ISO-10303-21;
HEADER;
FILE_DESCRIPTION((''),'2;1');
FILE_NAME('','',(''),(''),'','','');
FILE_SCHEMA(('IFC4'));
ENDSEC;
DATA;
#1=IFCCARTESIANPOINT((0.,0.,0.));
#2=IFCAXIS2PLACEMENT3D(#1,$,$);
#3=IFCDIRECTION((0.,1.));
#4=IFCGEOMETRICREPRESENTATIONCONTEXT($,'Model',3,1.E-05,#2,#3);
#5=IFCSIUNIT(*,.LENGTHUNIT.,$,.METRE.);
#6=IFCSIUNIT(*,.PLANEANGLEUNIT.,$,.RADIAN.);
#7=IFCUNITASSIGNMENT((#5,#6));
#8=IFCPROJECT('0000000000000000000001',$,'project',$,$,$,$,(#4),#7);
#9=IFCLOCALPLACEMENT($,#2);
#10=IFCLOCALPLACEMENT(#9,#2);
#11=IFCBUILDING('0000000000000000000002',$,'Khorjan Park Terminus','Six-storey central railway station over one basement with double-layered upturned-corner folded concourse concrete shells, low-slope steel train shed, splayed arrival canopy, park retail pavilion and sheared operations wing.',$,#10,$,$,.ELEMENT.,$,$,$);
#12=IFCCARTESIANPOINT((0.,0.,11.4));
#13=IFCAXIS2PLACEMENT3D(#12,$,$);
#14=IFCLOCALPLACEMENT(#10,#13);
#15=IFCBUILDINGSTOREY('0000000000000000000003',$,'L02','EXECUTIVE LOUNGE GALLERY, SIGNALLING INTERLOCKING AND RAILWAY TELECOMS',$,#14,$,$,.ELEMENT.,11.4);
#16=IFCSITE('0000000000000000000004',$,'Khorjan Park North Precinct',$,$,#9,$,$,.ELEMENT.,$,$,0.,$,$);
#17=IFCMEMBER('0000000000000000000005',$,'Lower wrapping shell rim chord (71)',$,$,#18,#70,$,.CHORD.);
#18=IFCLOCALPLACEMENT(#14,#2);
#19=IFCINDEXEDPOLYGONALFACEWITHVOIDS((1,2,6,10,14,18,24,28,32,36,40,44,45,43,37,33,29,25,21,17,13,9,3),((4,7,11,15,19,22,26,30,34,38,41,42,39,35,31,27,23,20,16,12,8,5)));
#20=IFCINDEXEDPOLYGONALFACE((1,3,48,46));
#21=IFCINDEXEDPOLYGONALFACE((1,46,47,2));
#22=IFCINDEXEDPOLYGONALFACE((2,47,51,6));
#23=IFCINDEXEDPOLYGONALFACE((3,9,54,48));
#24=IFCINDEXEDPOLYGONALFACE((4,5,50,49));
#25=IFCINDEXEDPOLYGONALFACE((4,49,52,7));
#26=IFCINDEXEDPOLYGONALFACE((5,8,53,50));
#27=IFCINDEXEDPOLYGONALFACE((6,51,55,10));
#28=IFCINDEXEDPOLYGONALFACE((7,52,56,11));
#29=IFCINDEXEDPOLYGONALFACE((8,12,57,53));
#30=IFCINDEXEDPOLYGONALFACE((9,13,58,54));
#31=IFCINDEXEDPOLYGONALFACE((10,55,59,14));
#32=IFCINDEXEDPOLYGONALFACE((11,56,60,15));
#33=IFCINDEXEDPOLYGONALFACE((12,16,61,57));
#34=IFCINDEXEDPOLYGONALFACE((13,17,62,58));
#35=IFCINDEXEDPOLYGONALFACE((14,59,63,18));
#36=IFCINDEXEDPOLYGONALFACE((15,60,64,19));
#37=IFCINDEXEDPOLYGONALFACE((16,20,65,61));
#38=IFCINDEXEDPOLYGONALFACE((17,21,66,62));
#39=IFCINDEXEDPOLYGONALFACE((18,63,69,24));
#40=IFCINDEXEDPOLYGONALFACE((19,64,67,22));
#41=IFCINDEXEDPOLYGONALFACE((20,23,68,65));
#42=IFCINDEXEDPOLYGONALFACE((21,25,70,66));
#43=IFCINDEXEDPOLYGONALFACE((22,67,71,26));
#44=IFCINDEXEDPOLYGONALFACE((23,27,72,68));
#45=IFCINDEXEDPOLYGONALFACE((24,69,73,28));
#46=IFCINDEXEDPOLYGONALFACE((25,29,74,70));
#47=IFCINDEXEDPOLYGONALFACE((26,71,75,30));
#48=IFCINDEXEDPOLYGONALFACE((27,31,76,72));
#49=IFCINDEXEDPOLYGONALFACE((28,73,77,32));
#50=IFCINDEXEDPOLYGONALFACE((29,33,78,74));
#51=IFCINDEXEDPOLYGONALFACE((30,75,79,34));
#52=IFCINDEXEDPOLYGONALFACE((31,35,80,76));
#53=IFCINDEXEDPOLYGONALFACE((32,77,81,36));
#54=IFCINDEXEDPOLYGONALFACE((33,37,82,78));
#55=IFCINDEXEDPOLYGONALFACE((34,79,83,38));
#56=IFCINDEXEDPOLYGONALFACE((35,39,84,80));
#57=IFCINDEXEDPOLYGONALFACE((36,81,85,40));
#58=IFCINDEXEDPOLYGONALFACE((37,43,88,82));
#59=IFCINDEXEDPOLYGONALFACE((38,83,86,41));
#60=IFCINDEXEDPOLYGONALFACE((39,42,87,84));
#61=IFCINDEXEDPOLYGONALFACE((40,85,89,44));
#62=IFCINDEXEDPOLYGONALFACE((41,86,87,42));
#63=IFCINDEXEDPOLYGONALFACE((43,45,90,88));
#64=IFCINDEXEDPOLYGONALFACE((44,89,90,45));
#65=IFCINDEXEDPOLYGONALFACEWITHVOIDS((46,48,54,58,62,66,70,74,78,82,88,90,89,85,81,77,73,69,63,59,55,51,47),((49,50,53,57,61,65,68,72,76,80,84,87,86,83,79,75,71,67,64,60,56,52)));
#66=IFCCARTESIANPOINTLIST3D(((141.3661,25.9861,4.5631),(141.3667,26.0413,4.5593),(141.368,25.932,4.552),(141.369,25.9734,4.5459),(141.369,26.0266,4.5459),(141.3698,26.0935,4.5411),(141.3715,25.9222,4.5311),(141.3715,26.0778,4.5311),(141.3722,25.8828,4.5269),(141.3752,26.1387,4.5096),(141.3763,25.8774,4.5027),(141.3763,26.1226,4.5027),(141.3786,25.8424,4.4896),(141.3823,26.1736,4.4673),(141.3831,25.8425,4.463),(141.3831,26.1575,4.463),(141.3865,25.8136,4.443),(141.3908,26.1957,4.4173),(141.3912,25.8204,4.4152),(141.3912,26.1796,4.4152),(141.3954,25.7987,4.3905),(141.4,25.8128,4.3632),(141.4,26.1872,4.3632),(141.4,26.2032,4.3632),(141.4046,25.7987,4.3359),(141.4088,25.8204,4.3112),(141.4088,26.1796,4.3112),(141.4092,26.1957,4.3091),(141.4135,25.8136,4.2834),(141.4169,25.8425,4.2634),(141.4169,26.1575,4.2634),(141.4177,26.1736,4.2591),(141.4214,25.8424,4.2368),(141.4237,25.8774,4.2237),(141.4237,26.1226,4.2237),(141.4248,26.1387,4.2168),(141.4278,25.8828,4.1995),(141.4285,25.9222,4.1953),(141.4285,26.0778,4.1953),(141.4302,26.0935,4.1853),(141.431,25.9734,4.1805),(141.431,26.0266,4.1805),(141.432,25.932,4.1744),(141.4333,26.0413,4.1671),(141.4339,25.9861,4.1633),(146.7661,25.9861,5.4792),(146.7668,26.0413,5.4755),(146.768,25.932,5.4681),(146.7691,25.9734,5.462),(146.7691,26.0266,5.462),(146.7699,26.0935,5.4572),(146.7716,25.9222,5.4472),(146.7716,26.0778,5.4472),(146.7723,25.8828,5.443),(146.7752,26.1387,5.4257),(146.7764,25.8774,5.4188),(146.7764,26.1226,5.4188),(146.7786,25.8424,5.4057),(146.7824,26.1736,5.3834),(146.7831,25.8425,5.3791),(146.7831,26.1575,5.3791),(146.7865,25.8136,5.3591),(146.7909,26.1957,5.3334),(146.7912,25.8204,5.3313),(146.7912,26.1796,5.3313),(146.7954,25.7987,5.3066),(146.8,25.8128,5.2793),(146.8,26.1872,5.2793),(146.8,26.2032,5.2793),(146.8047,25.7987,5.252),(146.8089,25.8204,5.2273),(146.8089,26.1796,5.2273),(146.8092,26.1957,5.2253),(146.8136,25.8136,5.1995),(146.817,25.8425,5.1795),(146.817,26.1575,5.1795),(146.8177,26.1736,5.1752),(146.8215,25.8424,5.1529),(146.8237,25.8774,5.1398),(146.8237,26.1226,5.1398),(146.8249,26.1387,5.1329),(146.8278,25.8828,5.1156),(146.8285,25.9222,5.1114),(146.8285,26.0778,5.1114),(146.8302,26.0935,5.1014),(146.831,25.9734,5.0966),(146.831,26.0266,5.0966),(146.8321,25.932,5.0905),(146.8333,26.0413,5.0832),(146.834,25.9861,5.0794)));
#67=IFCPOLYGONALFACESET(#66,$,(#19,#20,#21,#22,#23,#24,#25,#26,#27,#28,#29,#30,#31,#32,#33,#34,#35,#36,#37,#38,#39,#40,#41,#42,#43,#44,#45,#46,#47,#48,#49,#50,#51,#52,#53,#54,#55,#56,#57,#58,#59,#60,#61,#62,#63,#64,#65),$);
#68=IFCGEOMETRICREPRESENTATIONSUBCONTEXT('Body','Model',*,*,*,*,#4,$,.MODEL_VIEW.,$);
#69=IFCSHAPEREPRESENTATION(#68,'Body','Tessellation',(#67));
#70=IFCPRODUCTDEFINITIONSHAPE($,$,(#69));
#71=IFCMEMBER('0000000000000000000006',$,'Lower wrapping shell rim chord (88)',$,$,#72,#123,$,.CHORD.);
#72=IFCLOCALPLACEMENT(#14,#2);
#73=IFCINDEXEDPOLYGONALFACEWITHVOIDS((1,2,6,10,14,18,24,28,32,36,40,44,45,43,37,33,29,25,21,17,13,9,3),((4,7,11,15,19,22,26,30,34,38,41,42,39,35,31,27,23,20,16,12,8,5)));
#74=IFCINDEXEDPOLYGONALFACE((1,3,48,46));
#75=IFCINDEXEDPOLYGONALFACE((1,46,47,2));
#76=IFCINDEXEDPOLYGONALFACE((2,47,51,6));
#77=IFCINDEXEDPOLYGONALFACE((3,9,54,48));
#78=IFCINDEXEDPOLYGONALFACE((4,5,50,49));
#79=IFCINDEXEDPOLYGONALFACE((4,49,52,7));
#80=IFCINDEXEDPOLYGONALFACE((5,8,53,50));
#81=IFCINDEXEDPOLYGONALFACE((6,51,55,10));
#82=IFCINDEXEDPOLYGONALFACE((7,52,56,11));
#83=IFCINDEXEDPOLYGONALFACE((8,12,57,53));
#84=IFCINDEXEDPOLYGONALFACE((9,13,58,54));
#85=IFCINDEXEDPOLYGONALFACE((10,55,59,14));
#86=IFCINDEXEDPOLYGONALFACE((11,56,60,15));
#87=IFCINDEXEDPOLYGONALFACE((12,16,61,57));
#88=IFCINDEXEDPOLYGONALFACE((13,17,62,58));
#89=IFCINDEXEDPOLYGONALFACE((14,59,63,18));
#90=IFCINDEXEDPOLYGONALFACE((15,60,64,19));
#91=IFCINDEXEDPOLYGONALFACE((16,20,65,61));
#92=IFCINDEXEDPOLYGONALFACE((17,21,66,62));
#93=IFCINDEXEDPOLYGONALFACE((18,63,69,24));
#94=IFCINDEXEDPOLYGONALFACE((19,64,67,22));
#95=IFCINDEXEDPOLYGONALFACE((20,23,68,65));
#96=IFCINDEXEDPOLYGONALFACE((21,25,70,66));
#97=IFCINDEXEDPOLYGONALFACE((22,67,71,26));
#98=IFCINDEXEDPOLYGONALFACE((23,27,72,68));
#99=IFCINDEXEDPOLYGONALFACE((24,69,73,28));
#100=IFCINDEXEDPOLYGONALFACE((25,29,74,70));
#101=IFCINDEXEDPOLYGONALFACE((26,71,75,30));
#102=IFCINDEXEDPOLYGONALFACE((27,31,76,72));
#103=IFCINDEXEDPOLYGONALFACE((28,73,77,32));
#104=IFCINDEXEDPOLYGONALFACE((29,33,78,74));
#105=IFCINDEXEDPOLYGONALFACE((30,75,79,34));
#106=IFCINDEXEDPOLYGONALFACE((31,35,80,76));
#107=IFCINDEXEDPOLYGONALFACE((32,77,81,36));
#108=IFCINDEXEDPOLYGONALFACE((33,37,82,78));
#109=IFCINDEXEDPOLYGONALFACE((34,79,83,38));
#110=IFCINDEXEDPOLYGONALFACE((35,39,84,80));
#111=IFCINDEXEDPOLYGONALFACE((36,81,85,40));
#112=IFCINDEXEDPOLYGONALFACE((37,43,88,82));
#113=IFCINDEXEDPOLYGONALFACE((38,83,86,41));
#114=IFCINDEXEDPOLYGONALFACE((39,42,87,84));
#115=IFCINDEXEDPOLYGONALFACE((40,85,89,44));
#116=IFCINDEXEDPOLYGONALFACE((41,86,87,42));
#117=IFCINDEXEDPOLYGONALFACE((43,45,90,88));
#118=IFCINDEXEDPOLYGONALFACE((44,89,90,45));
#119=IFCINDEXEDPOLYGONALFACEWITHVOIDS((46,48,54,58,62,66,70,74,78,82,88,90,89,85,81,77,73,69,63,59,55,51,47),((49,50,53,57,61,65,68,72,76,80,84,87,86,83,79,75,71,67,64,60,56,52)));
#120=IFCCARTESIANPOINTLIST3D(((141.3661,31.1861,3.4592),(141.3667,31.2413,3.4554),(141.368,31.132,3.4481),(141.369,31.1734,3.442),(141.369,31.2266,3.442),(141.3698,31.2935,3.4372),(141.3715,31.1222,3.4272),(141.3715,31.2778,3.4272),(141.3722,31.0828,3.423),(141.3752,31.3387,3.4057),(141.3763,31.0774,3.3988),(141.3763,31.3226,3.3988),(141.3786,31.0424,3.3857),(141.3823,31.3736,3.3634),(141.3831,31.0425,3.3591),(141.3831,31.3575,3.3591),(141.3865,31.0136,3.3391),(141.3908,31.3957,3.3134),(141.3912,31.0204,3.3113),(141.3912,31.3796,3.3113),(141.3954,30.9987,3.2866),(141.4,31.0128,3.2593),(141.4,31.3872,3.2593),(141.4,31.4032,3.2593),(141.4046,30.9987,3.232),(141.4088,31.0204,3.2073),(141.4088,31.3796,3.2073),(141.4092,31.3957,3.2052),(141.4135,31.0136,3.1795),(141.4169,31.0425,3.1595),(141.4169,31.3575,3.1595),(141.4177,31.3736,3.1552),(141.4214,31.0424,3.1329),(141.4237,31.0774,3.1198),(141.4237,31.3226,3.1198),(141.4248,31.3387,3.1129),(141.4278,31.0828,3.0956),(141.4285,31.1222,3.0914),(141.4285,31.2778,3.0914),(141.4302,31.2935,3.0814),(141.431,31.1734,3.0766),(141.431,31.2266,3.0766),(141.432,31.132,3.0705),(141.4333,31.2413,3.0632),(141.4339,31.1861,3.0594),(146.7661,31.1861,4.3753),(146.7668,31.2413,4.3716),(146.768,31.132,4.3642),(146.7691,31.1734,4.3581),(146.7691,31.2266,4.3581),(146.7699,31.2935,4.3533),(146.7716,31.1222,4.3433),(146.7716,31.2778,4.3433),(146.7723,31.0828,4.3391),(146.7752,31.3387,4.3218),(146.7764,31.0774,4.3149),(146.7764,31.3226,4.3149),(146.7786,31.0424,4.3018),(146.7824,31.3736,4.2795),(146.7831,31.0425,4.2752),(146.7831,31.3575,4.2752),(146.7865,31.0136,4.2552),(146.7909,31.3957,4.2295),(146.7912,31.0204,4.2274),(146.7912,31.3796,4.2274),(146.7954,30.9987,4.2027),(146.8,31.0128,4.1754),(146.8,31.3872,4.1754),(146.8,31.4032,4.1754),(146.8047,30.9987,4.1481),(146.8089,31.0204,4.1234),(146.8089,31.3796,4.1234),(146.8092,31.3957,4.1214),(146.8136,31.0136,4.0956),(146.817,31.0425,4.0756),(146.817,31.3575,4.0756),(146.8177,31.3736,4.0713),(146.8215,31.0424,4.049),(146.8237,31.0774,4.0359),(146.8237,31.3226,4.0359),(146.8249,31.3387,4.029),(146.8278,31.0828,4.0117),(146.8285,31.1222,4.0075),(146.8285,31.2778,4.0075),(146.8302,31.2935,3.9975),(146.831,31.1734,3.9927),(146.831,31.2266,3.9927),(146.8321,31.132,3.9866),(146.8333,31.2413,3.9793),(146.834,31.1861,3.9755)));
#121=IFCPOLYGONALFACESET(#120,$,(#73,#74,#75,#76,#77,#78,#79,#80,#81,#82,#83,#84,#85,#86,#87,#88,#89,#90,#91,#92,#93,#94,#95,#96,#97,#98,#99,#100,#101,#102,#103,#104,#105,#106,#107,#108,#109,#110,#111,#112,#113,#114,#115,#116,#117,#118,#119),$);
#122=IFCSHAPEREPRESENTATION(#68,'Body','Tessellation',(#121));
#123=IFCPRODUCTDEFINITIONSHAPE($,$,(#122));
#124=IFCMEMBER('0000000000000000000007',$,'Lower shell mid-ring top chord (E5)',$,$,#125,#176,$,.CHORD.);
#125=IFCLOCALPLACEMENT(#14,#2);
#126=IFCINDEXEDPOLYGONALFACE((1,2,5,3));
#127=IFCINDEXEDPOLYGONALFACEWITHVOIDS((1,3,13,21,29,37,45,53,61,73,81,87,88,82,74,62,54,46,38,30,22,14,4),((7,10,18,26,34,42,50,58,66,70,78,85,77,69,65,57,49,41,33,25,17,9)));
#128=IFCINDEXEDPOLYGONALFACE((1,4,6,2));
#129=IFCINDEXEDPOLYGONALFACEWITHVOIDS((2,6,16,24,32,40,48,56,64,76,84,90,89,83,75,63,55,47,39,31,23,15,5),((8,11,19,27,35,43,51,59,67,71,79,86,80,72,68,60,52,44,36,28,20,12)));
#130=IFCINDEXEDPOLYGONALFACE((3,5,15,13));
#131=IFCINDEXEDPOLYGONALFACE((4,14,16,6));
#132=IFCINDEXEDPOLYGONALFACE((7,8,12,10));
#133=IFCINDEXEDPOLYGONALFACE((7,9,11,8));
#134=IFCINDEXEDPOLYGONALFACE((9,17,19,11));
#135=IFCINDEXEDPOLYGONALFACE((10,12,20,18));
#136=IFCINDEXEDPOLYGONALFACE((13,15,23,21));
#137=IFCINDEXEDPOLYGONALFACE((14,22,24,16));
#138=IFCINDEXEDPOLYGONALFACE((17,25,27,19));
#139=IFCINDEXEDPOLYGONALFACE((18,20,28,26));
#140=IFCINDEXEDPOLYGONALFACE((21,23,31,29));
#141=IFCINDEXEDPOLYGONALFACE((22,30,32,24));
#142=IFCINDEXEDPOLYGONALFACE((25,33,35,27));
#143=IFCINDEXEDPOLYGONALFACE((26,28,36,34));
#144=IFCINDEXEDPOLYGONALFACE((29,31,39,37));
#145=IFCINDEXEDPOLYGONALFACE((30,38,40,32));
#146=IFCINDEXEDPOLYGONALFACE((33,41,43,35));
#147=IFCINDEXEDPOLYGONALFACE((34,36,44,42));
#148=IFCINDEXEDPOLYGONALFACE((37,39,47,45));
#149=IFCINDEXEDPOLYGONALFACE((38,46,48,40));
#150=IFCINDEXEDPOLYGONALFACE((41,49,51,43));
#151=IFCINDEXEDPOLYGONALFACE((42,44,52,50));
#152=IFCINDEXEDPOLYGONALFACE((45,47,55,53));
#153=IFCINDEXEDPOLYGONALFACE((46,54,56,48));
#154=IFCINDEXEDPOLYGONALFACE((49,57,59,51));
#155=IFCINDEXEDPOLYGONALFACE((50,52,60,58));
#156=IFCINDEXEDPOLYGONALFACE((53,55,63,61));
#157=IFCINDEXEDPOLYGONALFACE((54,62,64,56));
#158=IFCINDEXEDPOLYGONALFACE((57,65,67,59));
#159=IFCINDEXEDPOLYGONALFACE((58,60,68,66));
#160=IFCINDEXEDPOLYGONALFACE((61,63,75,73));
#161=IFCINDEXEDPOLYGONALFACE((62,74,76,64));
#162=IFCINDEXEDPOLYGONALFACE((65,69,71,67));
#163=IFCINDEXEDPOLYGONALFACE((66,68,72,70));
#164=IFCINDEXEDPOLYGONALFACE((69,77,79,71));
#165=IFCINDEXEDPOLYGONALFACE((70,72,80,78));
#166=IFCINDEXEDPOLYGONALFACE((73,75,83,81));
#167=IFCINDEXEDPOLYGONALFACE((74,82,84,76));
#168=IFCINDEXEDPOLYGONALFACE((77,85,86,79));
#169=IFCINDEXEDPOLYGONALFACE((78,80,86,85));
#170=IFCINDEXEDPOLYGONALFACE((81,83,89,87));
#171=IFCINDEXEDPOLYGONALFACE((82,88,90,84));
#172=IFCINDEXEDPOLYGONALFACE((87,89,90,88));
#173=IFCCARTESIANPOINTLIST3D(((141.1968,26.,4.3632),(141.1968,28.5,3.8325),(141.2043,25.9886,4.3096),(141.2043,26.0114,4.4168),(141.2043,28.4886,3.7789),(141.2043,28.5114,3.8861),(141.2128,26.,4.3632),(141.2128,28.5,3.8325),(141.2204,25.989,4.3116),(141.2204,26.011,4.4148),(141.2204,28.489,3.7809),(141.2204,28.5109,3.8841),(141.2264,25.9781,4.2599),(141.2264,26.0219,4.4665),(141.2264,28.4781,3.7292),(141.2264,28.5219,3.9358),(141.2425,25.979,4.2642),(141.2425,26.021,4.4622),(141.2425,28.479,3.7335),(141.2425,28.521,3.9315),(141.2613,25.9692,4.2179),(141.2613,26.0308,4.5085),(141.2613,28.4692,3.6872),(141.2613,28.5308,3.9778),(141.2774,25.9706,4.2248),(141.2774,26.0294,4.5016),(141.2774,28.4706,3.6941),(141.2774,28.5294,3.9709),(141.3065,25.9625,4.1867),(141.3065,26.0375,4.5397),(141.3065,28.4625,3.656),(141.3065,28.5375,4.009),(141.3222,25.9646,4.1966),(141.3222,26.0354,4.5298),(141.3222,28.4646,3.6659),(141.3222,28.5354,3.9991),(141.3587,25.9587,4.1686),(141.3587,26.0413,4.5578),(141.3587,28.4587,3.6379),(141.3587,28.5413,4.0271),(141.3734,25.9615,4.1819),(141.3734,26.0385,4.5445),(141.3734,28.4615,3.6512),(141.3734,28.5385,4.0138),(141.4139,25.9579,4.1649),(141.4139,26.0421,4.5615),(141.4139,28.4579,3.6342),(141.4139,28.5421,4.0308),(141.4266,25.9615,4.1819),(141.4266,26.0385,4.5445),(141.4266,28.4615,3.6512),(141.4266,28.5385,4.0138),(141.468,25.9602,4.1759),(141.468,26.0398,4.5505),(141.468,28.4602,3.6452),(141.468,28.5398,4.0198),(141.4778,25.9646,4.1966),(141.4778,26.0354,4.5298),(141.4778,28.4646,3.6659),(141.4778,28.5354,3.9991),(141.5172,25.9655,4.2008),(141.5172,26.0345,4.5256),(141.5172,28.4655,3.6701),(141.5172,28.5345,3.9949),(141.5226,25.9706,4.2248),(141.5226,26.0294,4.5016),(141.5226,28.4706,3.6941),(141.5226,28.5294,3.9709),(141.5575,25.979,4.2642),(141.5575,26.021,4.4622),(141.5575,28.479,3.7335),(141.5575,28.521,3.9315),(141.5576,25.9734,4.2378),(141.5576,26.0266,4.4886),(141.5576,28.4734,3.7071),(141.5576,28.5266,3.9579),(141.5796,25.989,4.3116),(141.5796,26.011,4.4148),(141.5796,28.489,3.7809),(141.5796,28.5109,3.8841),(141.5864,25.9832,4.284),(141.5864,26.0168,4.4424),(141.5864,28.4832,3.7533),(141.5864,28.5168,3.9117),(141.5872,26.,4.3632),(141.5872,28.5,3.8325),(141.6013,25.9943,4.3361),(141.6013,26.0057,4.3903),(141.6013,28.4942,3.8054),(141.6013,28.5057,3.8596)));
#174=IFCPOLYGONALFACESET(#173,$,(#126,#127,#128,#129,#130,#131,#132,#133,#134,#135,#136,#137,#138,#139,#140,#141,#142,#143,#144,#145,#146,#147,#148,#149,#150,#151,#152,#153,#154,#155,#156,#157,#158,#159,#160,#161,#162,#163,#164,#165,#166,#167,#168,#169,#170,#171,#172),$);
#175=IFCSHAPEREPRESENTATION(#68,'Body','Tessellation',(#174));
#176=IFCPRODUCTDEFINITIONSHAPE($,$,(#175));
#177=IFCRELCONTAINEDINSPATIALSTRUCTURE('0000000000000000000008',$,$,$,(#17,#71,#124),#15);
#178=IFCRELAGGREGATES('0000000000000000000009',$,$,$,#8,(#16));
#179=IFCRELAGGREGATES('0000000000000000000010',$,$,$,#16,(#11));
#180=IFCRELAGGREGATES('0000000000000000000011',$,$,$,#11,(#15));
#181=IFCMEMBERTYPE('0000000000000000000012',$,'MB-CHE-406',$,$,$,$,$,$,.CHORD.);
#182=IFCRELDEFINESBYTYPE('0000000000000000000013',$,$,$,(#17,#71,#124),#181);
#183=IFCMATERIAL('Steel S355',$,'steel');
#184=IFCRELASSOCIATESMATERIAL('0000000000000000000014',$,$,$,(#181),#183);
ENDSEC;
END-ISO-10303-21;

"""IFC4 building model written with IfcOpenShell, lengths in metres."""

from ifc_helpers import new_model, si_unit, direction, frame, origin, origin_2d, place, context, subcontext, project, spatial, hollow_circle, extrude, material, material_profile, profile_set, type_object, element, save


model = new_model("IFC4")

# Units and contexts
model_context = context("Model", 3, precision=1e-05, world=origin(), true_north=direction((0.0, 1.0)))
body_context = subcontext(model_context, "Body", "Model", "MODEL_VIEW")
ifc_project = project(units=[si_unit("LENGTHUNIT", "METRE"), si_unit("PLANEANGLEUNIT", "RADIAN")], contexts=[model_context])

# Site, building, storey
site_placement = place(None, origin())
site = spatial("IfcSite", under=ifc_project, at=site_placement, Name="Khorjan Park North Precinct", CompositionType="ELEMENT", RefElevation=0.0)
building_placement = place(site_placement, origin())
building = spatial("IfcBuilding", under=site, at=building_placement, Name="Khorjan Park Terminus", Description="Six-storey central railway station over one basement with double-layered upturned-corner folded concourse concrete shells, low-slope steel train shed, splayed arrival canopy, park retail pavilion and sheared operations wing.", CompositionType="ELEMENT")
storey_placement = place(building_placement, frame((0.0, 0.0, 11.4)))
storey = spatial("IfcBuildingStorey", under=building, at=storey_placement, Name="L02", Description="EXECUTIVE LOUNGE GALLERY, SIGNALLING INTERLOCKING AND RAILWAY TELECOMS", CompositionType="ELEMENT", Elevation=11.4)

# Shared definitions
ifc_material_1 = material(Name="Steel S355", Category="steel")

# Members
ifc_material_profile_1 = material_profile(ifc_material_1, hollow_circle(Radius=0.2032, WallThickness=0.016, at=origin_2d()), Name="CHS 406.4x16")
ifc_profile_set_1 = profile_set([ifc_material_profile_1], Name="Steel S355")
member_type_1 = type_object("IfcMemberType", Name="MB-CHE-406", PredefinedType="CHORD", material=ifc_profile_set_1)
for number, where, z_axis, x_axis, name in (
    (1, (141.4, 26.0, 4.3632), (0.985913, 0.0, 0.167258), (0.0, 1.0, 0.0), "Lower wrapping shell rim chord (71)"),
    (2, (141.4, 31.2, 3.2593), (0.985913, 0.0, 0.167258), (0.0, 1.0, 0.0), "Lower wrapping shell rim chord (88)"),
):
    element("IfcMember", number, at=place(storey_placement, frame(where, z_axis=z_axis, x_axis=x_axis)), inside=storey, type_object=member_type_1, Name=name, PredefinedType="CHORD", context=body_context, shape_type="SweptSolid", body=[
        extrude(hollow_circle(Radius=0.2032, WallThickness=0.016, at=origin_2d()), origin(), (0.0, 0.0, 1.0), 5.4772),
    ])
for number, where, z_axis, x_axis, name in (
    (3, (141.4, 26.0, 4.3632), (0.0, 0.978203, -0.207653), (-1.0, 0.0, 0.0), "Lower shell mid-ring top chord (E5)"),
):
    element("IfcMember", number, at=place(storey_placement, frame(where, z_axis=z_axis, x_axis=x_axis)), inside=storey, type_object=member_type_1, Name=name, PredefinedType="CHORD", context=body_context, shape_type="SweptSolid", body=[
        extrude(hollow_circle(Radius=0.2032, WallThickness=0.016, at=origin_2d()), origin(), (0.0, 0.0, 1.0), 2.5557),
    ])

save(model, "model.ifc")
